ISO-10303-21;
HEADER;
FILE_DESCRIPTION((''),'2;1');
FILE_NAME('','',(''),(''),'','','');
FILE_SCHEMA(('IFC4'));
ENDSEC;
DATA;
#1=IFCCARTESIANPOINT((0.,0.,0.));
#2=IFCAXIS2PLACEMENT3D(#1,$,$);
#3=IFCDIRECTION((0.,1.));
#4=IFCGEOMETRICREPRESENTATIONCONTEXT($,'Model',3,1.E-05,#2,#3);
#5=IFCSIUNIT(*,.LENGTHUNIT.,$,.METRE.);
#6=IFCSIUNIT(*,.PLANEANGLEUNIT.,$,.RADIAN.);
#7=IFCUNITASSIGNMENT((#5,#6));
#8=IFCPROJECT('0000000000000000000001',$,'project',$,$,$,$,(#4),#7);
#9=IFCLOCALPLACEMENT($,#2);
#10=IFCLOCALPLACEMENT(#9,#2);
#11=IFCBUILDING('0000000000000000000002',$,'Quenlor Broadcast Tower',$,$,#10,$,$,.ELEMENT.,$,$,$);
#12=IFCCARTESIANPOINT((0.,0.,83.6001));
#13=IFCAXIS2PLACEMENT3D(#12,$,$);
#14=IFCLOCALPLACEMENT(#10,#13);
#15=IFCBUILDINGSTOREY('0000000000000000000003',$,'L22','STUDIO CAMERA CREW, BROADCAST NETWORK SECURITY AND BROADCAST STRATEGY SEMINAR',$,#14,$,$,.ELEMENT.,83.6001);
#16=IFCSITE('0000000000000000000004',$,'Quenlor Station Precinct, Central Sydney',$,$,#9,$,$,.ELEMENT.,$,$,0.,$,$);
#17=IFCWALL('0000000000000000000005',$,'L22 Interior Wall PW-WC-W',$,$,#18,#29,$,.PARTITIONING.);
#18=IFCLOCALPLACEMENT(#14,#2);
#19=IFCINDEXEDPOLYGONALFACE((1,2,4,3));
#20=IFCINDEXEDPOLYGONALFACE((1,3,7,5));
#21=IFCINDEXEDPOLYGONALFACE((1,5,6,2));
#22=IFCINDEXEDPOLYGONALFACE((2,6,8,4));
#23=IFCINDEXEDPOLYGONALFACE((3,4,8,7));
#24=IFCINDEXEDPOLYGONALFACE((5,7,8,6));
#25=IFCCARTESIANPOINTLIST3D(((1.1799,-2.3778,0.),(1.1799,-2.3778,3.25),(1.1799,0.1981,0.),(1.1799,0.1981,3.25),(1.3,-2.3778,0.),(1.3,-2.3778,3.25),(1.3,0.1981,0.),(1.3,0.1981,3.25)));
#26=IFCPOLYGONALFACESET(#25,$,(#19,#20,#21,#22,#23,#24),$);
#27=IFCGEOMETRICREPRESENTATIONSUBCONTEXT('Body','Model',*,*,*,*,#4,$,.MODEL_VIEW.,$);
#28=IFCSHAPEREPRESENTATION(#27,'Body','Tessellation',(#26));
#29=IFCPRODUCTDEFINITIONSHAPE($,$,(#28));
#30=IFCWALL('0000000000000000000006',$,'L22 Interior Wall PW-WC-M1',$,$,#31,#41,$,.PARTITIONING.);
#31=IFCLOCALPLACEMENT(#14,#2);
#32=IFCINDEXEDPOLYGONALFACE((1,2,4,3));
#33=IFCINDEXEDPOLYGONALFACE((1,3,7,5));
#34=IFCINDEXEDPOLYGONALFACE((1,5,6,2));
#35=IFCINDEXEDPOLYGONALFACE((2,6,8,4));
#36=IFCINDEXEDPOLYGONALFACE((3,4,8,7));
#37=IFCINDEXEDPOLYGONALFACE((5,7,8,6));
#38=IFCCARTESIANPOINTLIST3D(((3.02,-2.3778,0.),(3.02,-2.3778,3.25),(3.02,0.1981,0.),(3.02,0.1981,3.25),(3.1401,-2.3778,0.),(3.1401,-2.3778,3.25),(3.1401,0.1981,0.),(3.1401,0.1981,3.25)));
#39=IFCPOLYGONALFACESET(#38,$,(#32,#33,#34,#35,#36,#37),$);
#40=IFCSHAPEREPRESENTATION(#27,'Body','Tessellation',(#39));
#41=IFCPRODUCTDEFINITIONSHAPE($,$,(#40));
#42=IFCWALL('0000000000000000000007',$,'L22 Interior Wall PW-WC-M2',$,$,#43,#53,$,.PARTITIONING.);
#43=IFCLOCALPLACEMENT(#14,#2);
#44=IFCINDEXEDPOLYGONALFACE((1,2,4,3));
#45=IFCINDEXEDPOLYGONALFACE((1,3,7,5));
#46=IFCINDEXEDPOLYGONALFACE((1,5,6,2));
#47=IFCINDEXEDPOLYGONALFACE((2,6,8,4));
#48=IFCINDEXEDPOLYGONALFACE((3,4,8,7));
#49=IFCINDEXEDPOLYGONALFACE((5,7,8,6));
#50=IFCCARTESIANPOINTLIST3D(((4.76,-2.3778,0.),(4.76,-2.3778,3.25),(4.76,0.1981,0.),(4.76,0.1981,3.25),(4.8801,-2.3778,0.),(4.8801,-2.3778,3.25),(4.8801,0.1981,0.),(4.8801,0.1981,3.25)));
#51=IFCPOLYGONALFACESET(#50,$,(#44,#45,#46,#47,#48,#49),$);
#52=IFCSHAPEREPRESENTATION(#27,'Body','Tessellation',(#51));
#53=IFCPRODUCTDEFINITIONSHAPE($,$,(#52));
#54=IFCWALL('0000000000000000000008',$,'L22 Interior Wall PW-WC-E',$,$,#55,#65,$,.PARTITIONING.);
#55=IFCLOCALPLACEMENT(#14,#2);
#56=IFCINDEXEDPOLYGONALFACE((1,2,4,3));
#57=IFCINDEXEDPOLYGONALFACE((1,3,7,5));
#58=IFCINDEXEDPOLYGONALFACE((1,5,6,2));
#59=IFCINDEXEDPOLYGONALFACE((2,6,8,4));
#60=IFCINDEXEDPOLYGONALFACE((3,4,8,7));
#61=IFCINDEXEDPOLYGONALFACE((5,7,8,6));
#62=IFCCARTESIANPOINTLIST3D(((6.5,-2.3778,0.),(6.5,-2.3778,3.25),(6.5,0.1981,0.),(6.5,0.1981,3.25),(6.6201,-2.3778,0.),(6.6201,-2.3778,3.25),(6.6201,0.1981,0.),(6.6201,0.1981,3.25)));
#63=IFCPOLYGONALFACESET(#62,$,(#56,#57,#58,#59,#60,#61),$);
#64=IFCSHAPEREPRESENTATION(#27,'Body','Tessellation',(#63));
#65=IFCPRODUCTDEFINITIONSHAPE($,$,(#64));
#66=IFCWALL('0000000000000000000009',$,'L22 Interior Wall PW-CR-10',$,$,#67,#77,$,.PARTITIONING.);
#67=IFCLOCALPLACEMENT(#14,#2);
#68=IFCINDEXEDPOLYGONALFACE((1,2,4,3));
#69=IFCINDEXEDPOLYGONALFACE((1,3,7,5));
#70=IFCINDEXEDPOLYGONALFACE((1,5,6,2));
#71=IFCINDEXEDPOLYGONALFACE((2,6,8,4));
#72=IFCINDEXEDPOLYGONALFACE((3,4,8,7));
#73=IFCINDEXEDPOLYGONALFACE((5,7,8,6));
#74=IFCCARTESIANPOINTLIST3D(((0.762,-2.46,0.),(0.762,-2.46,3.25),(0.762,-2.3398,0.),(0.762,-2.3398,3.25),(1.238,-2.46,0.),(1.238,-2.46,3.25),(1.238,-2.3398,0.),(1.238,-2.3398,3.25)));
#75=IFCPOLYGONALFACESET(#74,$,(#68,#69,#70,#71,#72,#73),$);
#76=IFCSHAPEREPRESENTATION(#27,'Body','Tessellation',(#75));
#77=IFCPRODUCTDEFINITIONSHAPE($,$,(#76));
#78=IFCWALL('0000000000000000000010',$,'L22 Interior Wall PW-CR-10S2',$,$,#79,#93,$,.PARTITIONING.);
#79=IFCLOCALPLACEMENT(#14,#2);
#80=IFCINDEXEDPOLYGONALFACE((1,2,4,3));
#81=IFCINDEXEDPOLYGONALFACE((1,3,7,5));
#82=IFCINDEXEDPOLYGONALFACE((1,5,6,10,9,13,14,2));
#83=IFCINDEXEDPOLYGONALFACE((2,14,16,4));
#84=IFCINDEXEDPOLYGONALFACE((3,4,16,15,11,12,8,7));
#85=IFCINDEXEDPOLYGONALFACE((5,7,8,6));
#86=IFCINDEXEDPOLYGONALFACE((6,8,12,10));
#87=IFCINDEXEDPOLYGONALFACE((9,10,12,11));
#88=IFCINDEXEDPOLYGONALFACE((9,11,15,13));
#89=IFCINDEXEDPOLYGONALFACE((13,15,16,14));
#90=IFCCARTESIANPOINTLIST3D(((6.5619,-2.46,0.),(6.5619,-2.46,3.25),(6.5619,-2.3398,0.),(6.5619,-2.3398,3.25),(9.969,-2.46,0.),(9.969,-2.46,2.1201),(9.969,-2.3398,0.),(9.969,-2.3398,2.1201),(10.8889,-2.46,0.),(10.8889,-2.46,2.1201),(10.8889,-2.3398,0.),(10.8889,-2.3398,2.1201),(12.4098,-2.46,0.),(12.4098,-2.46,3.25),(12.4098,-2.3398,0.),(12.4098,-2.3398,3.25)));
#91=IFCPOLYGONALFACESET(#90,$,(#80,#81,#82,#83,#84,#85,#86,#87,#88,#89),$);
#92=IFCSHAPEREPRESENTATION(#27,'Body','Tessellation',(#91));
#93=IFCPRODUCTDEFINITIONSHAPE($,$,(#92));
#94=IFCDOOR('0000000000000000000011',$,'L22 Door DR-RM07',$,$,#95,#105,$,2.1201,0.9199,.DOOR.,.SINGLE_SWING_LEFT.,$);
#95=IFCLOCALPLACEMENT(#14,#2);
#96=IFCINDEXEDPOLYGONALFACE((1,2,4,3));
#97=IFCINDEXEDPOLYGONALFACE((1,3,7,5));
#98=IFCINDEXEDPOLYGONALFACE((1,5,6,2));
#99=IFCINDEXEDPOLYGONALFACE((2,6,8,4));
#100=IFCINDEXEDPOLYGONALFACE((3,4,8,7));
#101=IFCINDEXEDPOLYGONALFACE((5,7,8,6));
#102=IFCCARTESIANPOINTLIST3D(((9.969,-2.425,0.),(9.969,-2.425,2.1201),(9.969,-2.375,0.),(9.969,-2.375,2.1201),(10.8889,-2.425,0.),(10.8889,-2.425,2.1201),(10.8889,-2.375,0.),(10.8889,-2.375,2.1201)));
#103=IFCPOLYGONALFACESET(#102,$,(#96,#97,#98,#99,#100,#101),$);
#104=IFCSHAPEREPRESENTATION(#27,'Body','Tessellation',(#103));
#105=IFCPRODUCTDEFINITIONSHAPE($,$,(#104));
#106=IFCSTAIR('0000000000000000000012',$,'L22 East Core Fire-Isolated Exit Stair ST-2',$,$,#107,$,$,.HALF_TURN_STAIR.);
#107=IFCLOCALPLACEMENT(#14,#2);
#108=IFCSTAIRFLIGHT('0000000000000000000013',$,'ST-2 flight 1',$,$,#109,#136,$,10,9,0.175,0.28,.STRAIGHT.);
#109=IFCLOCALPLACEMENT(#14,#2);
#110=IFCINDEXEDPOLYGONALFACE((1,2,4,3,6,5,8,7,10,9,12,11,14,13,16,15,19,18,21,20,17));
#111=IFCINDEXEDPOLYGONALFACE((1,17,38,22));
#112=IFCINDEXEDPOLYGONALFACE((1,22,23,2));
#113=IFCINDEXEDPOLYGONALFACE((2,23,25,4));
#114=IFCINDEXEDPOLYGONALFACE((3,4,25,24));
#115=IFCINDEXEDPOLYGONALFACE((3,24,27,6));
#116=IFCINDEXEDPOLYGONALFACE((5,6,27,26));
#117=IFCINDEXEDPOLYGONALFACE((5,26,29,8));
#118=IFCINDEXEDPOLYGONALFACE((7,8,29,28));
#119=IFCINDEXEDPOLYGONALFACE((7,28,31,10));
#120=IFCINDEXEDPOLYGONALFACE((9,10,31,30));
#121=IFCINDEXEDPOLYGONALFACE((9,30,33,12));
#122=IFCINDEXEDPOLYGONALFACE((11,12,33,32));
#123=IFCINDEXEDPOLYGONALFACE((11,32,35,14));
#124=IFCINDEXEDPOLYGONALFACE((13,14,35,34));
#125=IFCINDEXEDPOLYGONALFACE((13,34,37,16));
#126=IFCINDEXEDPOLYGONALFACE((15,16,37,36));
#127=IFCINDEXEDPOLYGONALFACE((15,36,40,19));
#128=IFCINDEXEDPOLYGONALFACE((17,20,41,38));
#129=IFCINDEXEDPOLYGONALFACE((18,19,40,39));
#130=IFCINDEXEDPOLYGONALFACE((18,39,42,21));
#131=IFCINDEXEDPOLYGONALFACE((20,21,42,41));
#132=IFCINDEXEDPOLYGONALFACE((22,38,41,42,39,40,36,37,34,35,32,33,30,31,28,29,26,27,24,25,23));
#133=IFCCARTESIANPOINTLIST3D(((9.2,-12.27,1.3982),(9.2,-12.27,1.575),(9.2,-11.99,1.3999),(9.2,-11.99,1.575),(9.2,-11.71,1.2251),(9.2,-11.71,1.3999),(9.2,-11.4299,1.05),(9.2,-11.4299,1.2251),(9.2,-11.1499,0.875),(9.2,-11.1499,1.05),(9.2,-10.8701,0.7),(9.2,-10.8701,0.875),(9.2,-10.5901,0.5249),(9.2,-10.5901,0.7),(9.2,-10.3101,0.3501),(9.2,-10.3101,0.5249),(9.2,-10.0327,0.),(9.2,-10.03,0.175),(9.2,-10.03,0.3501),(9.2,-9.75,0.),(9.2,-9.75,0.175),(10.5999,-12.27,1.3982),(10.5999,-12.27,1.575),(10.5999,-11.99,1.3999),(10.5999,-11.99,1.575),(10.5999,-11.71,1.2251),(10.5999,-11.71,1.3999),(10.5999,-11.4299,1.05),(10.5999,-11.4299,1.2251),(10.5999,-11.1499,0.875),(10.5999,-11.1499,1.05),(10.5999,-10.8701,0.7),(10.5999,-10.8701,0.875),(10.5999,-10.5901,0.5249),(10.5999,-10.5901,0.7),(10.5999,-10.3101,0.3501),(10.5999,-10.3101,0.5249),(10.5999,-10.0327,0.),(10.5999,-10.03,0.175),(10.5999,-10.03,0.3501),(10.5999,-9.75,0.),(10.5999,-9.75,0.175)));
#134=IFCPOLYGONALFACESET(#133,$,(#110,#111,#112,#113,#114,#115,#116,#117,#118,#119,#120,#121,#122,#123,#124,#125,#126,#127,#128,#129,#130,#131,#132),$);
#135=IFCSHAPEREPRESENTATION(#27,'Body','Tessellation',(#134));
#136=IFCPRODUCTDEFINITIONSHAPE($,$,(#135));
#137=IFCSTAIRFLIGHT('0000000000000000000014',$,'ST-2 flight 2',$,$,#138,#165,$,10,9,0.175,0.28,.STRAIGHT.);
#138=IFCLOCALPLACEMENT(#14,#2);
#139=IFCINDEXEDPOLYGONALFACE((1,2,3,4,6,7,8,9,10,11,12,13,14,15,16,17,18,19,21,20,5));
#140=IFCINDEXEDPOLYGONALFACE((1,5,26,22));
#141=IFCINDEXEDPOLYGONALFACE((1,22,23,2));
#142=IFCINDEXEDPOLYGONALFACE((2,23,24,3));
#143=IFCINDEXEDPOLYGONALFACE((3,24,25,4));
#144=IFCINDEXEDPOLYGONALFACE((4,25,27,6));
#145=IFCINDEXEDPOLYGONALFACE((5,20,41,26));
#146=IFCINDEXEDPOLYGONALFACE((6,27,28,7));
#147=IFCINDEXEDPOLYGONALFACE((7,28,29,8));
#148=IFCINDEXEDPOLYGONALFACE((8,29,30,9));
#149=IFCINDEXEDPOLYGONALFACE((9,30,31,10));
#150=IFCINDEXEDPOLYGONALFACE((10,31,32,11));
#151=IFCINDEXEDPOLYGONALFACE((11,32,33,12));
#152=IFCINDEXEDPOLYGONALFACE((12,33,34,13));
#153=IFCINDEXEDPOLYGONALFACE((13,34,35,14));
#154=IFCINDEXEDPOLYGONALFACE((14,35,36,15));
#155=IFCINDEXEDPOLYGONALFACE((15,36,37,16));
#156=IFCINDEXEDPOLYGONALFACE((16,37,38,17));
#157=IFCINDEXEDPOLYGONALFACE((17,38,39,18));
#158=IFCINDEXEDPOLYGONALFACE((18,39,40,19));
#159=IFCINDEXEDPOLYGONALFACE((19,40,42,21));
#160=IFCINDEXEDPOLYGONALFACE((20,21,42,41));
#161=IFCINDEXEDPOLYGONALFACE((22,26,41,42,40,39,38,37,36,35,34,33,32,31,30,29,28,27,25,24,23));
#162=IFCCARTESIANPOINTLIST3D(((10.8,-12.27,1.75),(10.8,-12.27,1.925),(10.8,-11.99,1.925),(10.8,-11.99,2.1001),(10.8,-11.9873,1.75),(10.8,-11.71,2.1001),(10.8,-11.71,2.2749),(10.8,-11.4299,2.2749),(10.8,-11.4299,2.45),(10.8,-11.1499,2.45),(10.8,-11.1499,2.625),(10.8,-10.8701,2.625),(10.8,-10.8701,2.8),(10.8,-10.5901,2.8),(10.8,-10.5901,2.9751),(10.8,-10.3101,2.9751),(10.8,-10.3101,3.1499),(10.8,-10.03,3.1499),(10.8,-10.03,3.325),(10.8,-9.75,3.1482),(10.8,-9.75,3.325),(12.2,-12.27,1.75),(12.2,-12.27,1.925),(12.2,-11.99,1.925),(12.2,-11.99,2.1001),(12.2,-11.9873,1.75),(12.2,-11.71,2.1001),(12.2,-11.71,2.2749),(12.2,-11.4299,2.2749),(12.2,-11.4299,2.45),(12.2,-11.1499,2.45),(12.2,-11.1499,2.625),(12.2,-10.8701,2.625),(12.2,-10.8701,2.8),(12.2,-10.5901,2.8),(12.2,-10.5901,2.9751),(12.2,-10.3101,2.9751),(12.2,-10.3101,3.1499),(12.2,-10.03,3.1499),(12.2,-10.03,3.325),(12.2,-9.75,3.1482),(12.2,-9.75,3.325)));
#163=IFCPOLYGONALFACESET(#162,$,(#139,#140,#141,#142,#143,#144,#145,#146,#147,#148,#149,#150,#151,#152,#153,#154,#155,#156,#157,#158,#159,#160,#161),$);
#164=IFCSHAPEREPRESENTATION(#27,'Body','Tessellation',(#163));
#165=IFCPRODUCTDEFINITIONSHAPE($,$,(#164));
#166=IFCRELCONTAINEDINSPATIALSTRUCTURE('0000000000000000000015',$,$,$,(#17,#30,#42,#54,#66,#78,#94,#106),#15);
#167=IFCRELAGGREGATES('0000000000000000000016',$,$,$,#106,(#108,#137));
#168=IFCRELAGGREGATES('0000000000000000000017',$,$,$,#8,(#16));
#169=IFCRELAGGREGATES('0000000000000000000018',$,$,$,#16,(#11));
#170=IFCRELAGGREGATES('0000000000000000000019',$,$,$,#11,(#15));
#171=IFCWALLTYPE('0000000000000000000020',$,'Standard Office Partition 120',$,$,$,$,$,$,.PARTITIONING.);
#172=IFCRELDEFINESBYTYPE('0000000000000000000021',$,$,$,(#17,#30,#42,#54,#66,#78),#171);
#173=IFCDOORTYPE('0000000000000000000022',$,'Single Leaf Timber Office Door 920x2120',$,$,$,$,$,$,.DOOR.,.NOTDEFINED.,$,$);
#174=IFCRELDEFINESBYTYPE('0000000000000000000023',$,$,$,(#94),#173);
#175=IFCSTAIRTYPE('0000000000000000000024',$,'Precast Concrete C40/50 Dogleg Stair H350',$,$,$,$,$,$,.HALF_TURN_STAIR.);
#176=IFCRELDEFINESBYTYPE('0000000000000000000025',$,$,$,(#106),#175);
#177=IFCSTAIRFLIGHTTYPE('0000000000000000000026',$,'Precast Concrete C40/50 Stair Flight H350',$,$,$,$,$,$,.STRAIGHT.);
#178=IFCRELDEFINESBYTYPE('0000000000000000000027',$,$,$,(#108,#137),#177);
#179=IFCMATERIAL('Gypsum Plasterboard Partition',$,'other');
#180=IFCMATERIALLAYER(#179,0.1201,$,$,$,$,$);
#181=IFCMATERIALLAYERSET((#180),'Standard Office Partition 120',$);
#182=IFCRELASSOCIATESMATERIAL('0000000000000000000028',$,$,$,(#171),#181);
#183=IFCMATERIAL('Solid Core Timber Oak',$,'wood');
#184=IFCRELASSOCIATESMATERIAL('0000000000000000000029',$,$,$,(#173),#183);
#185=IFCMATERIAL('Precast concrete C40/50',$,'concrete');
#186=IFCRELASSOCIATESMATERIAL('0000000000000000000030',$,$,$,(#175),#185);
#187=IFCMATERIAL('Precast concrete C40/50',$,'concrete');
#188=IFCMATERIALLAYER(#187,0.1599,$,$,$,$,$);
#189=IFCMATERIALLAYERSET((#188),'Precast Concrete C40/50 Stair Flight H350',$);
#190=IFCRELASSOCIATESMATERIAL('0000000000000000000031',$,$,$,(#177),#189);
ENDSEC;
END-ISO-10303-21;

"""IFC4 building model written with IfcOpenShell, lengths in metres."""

from ifc_helpers import new_model, si_unit, direction, frame, frame_2d, origin, place, context, subcontext, project, spatial, polyline, rectangle, outline, extrude, material, layer, layer_set, type_object, element, fill, aggregate, save


model = new_model("IFC4")

# Units and contexts
model_context = context("Model", 3, precision=1e-05, world=origin(), true_north=direction((0.0, 1.0)))
body_context = subcontext(model_context, "Body", "Model", "MODEL_VIEW")
ifc_project = project(units=[si_unit("LENGTHUNIT", "METRE"), si_unit("PLANEANGLEUNIT", "RADIAN")], contexts=[model_context])

# Site, building, storey
site_placement = place(None, origin())
site = spatial("IfcSite", under=ifc_project, at=site_placement, Name="Quenlor Station Precinct, Central Sydney", CompositionType="ELEMENT", RefElevation=0.0)
building_placement = place(site_placement, origin())
building = spatial("IfcBuilding", under=site, at=building_placement, Name="Quenlor Broadcast Tower", CompositionType="ELEMENT")
storey_placement = place(building_placement, frame((0.0, 0.0, 83.6001)))
storey = spatial("IfcBuildingStorey", under=building, at=storey_placement, Name="L22", Description="STUDIO CAMERA CREW, BROADCAST NETWORK SECURITY AND BROADCAST STRATEGY SEMINAR", CompositionType="ELEMENT", Elevation=83.6001)

# Shared definitions
ifc_material_1 = material(Name="Gypsum Plasterboard Partition", Category="other")
ifc_layer_1 = layer(ifc_material_1, 0.1201)
ifc_layer_set_1 = layer_set([ifc_layer_1], Name="Standard Office Partition 120")
wall_type_1 = type_object("IfcWallType", Name="Standard Office Partition 120", PredefinedType="PARTITIONING", material=ifc_layer_set_1)

# Walls
for number, where, z_axis, x_axis, name in (
    (1, (1.24, -2.3779, 0.0), (0.0, 0.0, 1.0), (0.0, 1.0, 0.0), "L22 Interior Wall PW-WC-W"),
    (2, (3.0801, -2.3779, 0.0), (0.0, 0.0, 1.0), (0.0, 1.0, 0.0), "L22 Interior Wall PW-WC-M1"),
    (3, (4.8201, -2.3779, 0.0), (0.0, 0.0, 1.0), (0.0, 1.0, 0.0), "L22 Interior Wall PW-WC-M2"),
    (4, (6.5601, -2.3779, 0.0), (0.0, 0.0, 1.0), (0.0, 1.0, 0.0), "L22 Interior Wall PW-WC-E"),
):
    element("IfcWall", number, at=place(storey_placement, frame(where, z_axis=z_axis, x_axis=x_axis)), inside=storey, type_object=wall_type_1, Name=name, PredefinedType="PARTITIONING", context=body_context, shape_type="SweptSolid", body=[
        extrude(rectangle(XDim=2.5759, YDim=0.1201, at=frame_2d((1.2881, 0.0))), origin(), (0.0, 0.0, 1.0), 3.25),
    ])
wall_1_placement = place(storey_placement, frame((0.762, -2.3999, 0.0), z_axis=(0.0, 0.0, 1.0), x_axis=(1.0, 0.0, 0.0)))
element("IfcWall", 5, at=wall_1_placement, inside=storey, type_object=wall_type_1, Name="L22 Interior Wall PW-CR-10", PredefinedType="PARTITIONING", context=body_context, shape_type="SweptSolid", body=[
    extrude(rectangle(XDim=0.4761, YDim=0.1201, at=frame_2d((0.238, 0.0))), origin(), (0.0, 0.0, 1.0), 3.25),
])

# Wall, opening, door
wall_2_placement = place(storey_placement, frame((6.562, -2.3999, 0.0), z_axis=(0.0, 0.0, 1.0), x_axis=(1.0, 0.0, 0.0)))
wall_2 = element("IfcWall", 6, at=wall_2_placement, inside=storey, type_object=wall_type_1, Name="L22 Interior Wall PW-CR-10S2", PredefinedType="PARTITIONING", context=body_context, shape_type="SweptSolid", body=[
    extrude(rectangle(XDim=5.8479, YDim=0.1201, at=frame_2d((2.9238, 0.0))), origin(), (0.0, 0.0, 1.0), 3.25),
])
opening_1_placement = place(wall_2_placement, frame((3.407, 0.0, 0.0)))
opening_1 = element("IfcOpeningElement", 7, at=opening_1_placement, cuts=wall_2, PredefinedType="OPENING", context=body_context, shape_type="SweptSolid", body=[
    extrude(rectangle(XDim=0.9199, YDim=2.1201, at=frame_2d((0.46, 1.0601))), frame((0.0, 0.0701, 0.0), z_axis=(0.0, -1.0, 0.0), x_axis=(1.0, 0.0, 0.0)), (0.0, 0.0, 1.0), 0.1401),
])
ifc_material_2 = material(Name="Solid Core Timber Oak", Category="wood")
door_type_1 = type_object("IfcDoorType", Name="Single Leaf Timber Office Door 920x2120", OperationType="NOTDEFINED", PredefinedType="DOOR", material=ifc_material_2)
door_1_placement = place(opening_1_placement, origin())
door_1 = element("IfcDoor", 8, at=door_1_placement, inside=storey, type_object=door_type_1, Name="L22 Door DR-RM07", OperationType="SINGLE_SWING_LEFT", OverallHeight=2.1201, OverallWidth=0.9199, PredefinedType="DOOR", context=body_context, shape_type="SweptSolid", body=[
    extrude(rectangle(XDim=0.9199, YDim=2.1201, at=frame_2d((0.46, 1.0601))), frame((0.0, 0.0249, 0.0), z_axis=(0.0, -1.0, 0.0), x_axis=(1.0, 0.0, 0.0)), (0.0, 0.0, 1.0), 0.05),
])
fill(opening_1, door_1)

# Stair, stair flights
ifc_material_3 = material(Name="Precast concrete C40/50", Category="concrete")
stair_type = type_object("IfcStairType", Name="Precast Concrete C40/50 Dogleg Stair H350", PredefinedType="HALF_TURN_STAIR", material=ifc_material_3)
stair_placement = place(storey_placement, origin())
stair = element("IfcStair", 9, at=stair_placement, inside=storey, type_object=stair_type, Name="L22 East Core Fire-Isolated Exit Stair ST-2", PredefinedType="HALF_TURN_STAIR")
ifc_material_4 = material(Name="Precast concrete C40/50", Category="concrete")
ifc_layer_2 = layer(ifc_material_4, 0.1599)
ifc_layer_set_2 = layer_set([ifc_layer_2], Name="Precast Concrete C40/50 Stair Flight H350")
stair_flight_type = type_object("IfcStairFlightType", Name="Precast Concrete C40/50 Stair Flight H350", PredefinedType="STRAIGHT", material=ifc_layer_set_2)
stair_flight_1_placement = place(storey_placement, frame((9.8999, -9.75, 0.0), z_axis=(0.0, 0.0, 1.0), x_axis=(0.0, -1.0, 0.0)))
stair_flight_1 = element("IfcStairFlight", 10, at=stair_flight_1_placement, type_object=stair_flight_type, Name="ST-2 flight 1", NumberOfRisers=10, NumberOfTreads=9, PredefinedType="STRAIGHT", RiserHeight=0.175, TreadLength=0.28, context=body_context, shape_type="SweptSolid", body=[
    extrude(outline(polyline([(0.0, 0.0), (0.0, 0.175), (0.28, 0.175), (0.28, 0.3501), (0.5601, 0.3501), (0.5601, 0.5249), (0.8401, 0.5249), (0.8401, 0.7), (1.1201, 0.7), (1.1201, 0.875), (1.3999, 0.875), (1.3999, 1.05), (1.6799, 1.05), (1.6799, 1.2251), (1.96, 1.2251), (1.96, 1.3999), (2.24, 1.3999), (2.24, 1.575), (2.52, 1.575), (2.52, 1.75), (2.52, 1.3982), (0.2827, 0.0), (0.0, 0.0)])), frame((0.0, 0.7, 0.0), z_axis=(0.0, -1.0, 0.0), x_axis=(1.0, 0.0, 0.0)), (0.0, 0.0, 1.0), 1.3999),
])
stair_flight_2_placement = place(storey_placement, frame((11.5, -12.27, 1.75), z_axis=(0.0, 0.0, 1.0), x_axis=(0.0, 1.0, 0.0)))
stair_flight_2 = element("IfcStairFlight", 11, at=stair_flight_2_placement, type_object=stair_flight_type, Name="ST-2 flight 2", NumberOfRisers=10, NumberOfTreads=9, PredefinedType="STRAIGHT", RiserHeight=0.175, TreadLength=0.28, context=body_context, shape_type="SweptSolid", body=[
    extrude(outline(polyline([(0.0, 0.0), (0.0, 0.175), (0.28, 0.175), (0.28, 0.3501), (0.5601, 0.3501), (0.5601, 0.5249), (0.8401, 0.5249), (0.8401, 0.7), (1.1201, 0.7), (1.1201, 0.875), (1.3999, 0.875), (1.3999, 1.05), (1.6799, 1.05), (1.6799, 1.2251), (1.96, 1.2251), (1.96, 1.3999), (2.24, 1.3999), (2.24, 1.575), (2.52, 1.575), (2.52, 1.75), (2.52, 1.3982), (0.2827, 0.0), (0.0, 0.0)])), frame((0.0, 0.7, 0.0), z_axis=(0.0, -1.0, 0.0), x_axis=(1.0, 0.0, 0.0)), (0.0, 0.0, 1.0), 1.3999),
])
aggregate(stair, [stair_flight_1, stair_flight_2])

save(model, "model.ifc")
